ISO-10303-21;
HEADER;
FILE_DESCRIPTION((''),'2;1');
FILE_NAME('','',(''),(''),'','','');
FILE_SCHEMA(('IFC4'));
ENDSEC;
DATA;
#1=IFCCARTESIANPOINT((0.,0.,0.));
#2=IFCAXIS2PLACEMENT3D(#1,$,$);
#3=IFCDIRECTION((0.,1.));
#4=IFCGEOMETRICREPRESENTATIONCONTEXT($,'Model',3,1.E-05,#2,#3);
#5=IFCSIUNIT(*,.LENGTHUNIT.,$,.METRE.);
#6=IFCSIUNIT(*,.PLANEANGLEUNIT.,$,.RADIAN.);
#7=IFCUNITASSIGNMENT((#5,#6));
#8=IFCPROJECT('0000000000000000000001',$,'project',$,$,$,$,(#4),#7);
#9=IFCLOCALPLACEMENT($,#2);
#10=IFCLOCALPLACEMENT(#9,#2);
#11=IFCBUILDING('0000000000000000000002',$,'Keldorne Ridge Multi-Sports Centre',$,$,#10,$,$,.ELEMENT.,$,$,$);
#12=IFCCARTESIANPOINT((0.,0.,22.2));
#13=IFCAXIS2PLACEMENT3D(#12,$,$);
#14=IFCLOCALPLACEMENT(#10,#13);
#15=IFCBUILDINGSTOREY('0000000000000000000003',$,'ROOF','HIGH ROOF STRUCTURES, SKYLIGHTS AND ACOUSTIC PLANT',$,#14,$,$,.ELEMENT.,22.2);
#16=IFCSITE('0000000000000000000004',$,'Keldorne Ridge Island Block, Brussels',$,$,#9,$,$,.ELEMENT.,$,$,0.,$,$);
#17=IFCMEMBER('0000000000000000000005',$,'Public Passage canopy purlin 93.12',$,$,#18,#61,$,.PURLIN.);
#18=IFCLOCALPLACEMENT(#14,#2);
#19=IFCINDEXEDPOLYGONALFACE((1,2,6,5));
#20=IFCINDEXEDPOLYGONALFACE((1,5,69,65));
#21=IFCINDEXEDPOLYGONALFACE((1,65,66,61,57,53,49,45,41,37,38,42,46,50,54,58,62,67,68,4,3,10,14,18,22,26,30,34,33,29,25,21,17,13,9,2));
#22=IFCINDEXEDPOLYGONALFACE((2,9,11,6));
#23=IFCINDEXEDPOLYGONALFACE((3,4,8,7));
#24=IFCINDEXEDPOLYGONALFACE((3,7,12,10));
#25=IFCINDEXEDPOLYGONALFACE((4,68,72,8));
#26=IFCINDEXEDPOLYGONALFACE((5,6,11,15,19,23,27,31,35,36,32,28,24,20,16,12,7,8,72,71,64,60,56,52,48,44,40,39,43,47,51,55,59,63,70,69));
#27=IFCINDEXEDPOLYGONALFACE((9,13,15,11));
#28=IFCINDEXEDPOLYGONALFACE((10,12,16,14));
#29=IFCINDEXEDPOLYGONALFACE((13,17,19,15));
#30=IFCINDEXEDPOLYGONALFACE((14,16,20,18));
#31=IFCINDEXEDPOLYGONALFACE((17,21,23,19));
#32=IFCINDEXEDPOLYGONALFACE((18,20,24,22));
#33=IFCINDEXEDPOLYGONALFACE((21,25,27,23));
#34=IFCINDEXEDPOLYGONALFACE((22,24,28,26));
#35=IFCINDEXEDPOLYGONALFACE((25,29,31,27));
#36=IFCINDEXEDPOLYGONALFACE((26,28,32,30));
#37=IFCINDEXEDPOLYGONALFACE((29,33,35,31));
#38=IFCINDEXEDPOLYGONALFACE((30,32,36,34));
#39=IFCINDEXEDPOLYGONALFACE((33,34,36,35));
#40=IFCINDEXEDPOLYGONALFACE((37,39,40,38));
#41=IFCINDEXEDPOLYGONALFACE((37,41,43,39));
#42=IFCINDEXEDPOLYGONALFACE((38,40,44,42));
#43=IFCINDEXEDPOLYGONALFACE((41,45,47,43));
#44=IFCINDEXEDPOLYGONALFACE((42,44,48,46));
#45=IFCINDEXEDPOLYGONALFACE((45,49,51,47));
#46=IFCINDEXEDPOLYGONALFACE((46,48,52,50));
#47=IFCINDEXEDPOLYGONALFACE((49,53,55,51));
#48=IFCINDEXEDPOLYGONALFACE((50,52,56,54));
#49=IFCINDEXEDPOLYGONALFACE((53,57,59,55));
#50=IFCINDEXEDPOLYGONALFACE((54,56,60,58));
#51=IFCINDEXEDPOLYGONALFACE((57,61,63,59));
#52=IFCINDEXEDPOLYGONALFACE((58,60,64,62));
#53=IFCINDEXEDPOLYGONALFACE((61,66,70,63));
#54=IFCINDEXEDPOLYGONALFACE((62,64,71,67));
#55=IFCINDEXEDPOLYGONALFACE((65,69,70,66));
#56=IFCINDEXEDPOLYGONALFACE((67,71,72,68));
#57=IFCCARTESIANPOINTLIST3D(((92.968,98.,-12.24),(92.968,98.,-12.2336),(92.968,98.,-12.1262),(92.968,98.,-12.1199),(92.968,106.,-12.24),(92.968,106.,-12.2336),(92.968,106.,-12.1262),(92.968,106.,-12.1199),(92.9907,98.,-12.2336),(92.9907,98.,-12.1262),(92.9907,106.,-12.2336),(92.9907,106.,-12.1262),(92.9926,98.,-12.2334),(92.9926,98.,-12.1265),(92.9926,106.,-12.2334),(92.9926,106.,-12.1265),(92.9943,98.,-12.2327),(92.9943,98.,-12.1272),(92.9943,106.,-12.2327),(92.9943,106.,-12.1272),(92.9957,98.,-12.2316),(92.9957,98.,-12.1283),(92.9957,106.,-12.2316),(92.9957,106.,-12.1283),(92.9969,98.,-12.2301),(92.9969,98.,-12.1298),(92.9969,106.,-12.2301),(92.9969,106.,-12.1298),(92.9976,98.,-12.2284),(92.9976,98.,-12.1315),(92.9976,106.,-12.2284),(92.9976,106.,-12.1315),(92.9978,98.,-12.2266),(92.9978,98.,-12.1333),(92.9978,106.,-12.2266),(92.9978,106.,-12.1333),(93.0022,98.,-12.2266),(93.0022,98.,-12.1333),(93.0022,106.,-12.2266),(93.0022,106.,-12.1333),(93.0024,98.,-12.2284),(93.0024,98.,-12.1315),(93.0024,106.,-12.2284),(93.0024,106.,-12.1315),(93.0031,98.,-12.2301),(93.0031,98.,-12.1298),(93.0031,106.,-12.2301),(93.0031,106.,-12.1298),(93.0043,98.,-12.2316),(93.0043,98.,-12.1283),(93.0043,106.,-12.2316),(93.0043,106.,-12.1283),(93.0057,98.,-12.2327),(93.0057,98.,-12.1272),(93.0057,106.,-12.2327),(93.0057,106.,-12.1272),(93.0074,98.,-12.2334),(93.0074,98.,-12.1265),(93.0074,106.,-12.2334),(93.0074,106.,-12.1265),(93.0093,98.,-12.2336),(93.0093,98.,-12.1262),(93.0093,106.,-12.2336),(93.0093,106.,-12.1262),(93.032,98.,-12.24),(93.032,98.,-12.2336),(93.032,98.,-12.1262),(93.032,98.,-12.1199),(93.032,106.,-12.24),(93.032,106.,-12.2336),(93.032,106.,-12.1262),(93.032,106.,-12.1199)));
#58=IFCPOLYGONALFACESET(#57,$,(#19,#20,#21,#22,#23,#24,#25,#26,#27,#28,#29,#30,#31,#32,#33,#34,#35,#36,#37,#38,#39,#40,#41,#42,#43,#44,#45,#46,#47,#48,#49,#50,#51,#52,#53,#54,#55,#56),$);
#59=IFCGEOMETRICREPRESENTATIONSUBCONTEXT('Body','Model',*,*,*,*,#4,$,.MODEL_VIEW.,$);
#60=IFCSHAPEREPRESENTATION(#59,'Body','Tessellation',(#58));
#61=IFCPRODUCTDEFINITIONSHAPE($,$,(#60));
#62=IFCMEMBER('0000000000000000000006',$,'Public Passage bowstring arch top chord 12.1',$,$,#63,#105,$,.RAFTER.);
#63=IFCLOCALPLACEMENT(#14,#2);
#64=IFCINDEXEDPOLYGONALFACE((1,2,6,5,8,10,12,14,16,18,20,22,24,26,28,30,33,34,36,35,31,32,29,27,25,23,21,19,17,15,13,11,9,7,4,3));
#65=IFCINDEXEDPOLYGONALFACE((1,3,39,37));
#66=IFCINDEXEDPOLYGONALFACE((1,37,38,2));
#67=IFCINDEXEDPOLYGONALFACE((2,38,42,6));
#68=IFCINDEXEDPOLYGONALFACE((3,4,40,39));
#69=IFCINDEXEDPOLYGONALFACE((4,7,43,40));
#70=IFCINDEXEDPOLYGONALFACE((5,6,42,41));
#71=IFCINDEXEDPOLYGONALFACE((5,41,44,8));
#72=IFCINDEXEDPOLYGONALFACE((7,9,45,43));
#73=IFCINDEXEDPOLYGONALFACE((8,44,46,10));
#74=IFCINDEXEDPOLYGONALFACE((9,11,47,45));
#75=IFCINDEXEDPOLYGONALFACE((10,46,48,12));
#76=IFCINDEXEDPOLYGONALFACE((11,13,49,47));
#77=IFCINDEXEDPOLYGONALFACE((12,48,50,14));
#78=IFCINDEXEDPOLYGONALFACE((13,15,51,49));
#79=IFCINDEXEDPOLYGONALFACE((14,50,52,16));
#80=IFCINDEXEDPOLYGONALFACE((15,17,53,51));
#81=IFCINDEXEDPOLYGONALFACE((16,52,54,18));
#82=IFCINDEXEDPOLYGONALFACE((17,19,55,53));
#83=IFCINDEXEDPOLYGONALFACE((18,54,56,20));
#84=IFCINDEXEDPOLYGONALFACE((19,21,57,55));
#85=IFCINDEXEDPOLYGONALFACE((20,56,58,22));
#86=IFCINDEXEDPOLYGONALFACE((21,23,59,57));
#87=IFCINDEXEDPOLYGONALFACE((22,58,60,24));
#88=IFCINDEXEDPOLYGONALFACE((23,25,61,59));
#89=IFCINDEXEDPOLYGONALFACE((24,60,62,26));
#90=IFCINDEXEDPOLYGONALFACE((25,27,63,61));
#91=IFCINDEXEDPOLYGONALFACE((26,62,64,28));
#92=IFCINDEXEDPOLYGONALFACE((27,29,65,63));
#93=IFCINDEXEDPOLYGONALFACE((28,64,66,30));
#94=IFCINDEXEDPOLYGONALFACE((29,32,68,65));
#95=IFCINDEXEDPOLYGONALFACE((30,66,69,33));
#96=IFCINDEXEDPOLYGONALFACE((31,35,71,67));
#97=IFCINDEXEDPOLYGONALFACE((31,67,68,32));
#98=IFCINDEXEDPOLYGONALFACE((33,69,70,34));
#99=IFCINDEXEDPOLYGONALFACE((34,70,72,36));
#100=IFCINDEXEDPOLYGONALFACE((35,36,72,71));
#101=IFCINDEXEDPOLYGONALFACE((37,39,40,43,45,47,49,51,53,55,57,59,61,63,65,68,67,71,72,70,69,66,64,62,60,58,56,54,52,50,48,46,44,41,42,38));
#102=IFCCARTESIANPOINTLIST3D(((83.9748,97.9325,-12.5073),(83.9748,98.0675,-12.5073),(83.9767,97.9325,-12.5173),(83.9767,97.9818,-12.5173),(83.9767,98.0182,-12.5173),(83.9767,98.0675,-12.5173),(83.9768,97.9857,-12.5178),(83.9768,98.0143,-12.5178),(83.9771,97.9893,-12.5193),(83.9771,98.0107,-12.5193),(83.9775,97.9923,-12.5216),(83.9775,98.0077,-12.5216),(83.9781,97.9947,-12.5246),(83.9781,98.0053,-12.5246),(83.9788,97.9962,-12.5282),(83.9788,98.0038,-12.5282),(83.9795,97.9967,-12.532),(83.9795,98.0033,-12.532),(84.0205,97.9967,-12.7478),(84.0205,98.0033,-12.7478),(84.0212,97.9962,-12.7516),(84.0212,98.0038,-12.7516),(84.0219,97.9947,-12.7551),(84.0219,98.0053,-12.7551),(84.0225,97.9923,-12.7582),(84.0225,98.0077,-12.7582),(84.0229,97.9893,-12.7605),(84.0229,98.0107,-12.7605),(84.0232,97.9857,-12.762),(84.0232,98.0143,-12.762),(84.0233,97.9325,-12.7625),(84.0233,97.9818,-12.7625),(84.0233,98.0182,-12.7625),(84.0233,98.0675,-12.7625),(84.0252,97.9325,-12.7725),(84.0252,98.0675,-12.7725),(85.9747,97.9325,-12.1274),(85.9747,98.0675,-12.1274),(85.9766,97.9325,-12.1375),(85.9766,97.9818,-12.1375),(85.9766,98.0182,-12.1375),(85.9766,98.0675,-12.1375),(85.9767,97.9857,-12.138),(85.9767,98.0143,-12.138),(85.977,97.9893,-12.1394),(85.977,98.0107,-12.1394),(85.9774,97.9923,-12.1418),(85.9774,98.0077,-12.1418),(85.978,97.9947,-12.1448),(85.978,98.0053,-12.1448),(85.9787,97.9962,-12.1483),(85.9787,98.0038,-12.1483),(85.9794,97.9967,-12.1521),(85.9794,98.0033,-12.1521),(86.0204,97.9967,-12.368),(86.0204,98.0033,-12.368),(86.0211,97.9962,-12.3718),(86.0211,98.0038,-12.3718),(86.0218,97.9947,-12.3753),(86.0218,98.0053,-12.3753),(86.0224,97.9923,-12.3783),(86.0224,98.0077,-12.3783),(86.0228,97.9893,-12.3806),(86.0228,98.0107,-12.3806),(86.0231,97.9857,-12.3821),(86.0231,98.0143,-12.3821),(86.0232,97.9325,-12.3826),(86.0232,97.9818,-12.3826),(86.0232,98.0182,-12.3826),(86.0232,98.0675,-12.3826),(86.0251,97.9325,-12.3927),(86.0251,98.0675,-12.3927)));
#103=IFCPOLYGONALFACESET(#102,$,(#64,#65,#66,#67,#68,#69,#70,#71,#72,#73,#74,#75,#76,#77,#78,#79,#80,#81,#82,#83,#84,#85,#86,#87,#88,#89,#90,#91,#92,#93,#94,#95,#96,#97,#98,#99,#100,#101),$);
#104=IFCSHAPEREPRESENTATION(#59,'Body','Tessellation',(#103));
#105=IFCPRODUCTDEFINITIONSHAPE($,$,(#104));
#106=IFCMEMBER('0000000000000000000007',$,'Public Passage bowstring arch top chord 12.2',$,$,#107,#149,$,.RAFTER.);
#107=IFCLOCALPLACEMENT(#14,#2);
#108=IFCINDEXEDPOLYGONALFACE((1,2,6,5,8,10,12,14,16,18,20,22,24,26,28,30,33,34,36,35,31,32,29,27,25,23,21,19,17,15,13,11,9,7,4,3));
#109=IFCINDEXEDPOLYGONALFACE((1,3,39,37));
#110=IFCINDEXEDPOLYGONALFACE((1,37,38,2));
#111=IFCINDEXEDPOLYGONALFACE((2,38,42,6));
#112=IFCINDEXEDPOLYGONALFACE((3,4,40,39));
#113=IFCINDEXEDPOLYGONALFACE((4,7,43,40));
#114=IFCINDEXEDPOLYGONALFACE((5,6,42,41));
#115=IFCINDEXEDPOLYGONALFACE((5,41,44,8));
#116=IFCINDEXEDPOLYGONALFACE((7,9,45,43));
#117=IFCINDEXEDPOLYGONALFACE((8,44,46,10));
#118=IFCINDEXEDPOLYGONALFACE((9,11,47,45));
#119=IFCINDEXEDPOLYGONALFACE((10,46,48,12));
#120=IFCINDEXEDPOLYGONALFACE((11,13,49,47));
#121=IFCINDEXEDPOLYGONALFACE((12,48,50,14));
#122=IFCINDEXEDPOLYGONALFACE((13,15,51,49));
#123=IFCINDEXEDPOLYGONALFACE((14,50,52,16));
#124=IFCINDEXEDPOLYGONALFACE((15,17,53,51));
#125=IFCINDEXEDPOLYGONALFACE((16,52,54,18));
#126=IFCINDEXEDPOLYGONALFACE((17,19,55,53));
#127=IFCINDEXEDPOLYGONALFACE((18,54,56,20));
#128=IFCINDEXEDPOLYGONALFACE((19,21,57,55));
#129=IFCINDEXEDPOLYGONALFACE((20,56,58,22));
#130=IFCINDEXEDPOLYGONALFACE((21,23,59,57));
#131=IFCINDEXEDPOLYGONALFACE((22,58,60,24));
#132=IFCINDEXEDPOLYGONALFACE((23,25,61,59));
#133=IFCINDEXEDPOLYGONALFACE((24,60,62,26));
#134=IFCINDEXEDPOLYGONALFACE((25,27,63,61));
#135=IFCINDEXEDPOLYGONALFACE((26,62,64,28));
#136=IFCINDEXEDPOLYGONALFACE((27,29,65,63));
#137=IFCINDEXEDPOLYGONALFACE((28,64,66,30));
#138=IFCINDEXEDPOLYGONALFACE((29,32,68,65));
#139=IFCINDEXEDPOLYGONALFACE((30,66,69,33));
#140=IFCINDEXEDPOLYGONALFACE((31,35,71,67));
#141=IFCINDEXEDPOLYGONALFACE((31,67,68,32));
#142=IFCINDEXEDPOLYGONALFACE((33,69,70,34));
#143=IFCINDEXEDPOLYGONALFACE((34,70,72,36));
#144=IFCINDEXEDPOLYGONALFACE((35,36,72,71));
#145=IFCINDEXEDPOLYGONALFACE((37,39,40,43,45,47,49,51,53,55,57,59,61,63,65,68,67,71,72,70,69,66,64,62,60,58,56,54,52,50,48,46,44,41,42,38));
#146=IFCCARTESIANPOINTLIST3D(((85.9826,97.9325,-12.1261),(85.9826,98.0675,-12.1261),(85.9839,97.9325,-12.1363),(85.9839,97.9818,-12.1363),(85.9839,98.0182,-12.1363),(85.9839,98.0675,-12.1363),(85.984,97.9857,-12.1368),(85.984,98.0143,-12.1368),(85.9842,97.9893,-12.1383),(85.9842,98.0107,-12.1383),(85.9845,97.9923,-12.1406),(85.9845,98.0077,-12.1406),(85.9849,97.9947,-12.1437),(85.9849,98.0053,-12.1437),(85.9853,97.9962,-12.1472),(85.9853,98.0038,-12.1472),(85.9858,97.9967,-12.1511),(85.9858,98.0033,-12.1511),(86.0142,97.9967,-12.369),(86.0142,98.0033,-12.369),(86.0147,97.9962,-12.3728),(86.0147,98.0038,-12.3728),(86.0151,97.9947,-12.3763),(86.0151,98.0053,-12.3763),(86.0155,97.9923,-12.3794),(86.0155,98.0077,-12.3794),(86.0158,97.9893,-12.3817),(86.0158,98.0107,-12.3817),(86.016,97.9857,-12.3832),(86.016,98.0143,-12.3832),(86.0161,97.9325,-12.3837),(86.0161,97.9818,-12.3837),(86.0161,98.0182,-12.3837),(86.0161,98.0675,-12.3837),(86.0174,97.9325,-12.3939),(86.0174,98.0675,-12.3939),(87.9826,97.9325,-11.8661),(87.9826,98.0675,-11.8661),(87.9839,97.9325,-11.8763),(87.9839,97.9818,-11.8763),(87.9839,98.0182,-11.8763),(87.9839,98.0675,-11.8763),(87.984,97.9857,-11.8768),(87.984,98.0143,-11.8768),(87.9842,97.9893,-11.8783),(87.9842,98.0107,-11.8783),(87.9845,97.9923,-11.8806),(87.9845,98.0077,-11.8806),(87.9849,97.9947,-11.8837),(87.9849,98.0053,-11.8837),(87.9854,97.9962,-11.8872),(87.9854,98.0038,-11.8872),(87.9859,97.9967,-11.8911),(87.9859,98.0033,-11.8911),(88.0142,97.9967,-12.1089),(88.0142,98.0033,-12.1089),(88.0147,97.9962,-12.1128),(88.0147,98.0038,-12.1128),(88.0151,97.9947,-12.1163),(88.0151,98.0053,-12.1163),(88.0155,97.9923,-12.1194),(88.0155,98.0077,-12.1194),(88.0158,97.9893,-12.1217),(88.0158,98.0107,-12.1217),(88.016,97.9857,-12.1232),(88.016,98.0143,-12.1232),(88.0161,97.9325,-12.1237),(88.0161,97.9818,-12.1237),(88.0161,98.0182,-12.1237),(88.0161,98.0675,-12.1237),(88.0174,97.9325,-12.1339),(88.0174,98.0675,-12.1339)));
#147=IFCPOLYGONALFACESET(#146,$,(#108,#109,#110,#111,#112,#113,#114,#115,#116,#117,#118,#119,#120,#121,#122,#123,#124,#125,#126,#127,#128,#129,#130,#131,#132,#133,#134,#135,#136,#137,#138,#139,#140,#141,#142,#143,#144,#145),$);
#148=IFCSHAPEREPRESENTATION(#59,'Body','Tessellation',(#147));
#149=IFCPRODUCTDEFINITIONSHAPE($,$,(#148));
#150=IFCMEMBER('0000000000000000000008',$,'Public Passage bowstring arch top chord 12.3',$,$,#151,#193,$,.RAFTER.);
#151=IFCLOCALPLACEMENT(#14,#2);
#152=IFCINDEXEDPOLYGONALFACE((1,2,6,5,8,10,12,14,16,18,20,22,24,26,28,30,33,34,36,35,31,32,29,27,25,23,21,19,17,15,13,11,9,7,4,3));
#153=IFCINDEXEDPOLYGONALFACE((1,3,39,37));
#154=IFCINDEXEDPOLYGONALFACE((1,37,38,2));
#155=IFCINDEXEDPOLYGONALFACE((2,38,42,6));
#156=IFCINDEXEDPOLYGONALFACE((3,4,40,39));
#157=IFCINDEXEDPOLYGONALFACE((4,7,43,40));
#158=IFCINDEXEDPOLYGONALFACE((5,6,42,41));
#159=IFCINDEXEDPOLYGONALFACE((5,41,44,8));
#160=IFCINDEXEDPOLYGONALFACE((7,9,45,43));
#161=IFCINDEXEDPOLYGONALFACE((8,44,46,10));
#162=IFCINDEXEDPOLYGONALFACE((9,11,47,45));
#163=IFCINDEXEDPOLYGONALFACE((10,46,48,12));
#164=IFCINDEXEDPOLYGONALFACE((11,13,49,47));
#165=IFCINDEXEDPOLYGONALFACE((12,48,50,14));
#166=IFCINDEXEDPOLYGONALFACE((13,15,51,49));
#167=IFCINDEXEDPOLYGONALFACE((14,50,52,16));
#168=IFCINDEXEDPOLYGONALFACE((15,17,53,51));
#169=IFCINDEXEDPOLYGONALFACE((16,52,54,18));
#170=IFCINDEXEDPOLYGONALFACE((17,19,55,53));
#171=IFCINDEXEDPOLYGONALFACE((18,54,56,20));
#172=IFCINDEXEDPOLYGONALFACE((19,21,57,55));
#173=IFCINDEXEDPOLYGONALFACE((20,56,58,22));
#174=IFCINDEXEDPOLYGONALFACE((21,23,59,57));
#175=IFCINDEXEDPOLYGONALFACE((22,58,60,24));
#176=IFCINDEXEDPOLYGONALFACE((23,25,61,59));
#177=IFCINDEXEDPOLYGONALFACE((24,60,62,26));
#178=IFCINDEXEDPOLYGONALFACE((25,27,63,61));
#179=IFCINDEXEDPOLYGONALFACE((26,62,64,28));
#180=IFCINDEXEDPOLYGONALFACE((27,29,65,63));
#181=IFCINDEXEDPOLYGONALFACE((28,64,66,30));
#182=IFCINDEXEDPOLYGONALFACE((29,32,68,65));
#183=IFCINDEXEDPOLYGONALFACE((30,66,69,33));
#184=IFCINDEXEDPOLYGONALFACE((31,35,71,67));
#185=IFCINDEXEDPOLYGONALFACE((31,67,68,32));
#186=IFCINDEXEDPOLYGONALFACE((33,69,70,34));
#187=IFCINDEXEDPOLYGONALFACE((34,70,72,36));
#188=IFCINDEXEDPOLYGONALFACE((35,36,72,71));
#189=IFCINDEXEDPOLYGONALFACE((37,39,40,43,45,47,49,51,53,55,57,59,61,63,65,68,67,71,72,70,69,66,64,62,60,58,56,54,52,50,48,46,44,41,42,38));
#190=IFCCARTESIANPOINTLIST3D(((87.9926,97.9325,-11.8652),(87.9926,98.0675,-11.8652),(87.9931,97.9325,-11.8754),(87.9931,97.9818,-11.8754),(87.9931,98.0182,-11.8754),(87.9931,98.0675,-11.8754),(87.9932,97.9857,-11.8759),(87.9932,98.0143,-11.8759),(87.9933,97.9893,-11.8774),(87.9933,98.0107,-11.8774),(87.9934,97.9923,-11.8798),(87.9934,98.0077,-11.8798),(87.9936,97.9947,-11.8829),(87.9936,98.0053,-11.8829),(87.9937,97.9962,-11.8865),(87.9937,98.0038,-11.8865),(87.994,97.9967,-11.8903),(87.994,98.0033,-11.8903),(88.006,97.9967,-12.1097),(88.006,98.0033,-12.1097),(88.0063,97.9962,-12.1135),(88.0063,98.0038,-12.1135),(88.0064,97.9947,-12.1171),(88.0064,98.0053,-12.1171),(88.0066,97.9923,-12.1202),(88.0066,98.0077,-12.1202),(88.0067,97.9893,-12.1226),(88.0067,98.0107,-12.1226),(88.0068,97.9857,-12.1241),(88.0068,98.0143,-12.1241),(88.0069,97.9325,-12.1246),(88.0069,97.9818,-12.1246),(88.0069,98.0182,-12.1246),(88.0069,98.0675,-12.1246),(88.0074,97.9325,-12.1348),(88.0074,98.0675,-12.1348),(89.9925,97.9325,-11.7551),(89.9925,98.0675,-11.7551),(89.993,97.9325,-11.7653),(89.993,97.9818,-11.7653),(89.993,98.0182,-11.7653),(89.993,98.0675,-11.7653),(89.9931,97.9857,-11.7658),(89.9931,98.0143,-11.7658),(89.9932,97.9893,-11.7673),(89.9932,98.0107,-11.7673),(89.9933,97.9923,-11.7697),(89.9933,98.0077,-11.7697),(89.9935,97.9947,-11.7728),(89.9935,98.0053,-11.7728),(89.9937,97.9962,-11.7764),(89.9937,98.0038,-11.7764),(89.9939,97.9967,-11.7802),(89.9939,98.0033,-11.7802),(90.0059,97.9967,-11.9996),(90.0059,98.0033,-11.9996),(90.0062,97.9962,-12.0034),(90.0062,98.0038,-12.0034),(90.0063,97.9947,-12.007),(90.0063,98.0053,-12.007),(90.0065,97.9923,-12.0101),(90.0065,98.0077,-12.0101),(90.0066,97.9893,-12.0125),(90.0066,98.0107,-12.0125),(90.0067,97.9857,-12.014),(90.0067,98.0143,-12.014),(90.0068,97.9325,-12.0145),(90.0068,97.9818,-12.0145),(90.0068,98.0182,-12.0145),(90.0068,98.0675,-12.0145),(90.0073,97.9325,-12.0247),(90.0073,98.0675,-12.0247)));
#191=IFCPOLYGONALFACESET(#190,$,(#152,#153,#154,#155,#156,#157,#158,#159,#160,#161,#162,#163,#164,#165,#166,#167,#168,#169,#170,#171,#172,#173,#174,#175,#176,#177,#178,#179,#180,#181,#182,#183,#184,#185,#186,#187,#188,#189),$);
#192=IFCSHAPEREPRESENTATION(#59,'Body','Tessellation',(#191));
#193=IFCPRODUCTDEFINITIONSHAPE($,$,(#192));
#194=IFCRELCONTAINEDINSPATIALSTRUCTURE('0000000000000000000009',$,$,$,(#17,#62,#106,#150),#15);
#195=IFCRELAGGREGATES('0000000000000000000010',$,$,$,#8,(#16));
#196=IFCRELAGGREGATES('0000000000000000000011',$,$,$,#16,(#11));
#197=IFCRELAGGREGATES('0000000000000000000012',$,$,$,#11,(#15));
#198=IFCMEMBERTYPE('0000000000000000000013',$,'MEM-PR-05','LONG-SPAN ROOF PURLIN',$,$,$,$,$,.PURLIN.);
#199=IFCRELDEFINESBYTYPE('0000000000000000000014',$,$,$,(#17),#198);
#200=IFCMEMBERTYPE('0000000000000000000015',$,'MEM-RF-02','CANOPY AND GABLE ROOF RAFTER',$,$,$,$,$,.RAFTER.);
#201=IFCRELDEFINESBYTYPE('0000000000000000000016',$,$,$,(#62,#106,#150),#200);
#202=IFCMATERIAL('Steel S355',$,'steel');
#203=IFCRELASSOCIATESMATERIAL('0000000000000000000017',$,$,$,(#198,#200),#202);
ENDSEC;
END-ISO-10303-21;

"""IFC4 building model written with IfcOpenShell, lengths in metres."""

from ifc_helpers import new_model, si_unit, direction, frame, origin, origin_2d, place, context, subcontext, project, spatial, i_section, extrude, material, material_profile, profile_set, type_object, element, save


model = new_model("IFC4")

# Units and contexts
model_context = context("Model", 3, precision=1e-05, world=origin(), true_north=direction((0.0, 1.0)))
body_context = subcontext(model_context, "Body", "Model", "MODEL_VIEW")
ifc_project = project(units=[si_unit("LENGTHUNIT", "METRE"), si_unit("PLANEANGLEUNIT", "RADIAN")], contexts=[model_context])

# Site, building, storey
site_placement = place(None, origin())
site = spatial("IfcSite", under=ifc_project, at=site_placement, Name="Keldorne Ridge Island Block, Brussels", CompositionType="ELEMENT", RefElevation=0.0)
building_placement = place(site_placement, origin())
building = spatial("IfcBuilding", under=site, at=building_placement, Name="Keldorne Ridge Multi-Sports Centre", CompositionType="ELEMENT")
storey_placement = place(building_placement, frame((0.0, 0.0, 22.2)))
storey = spatial("IfcBuildingStorey", under=building, at=storey_placement, Name="ROOF", Description="HIGH ROOF STRUCTURES, SKYLIGHTS AND ACOUSTIC PLANT", CompositionType="ELEMENT", Elevation=22.2)

# Members
ifc_material = material(Name="Steel S355", Category="steel")
ifc_material_profile_1 = material_profile(ifc_material, i_section(OverallWidth=0.064, OverallDepth=0.1201, WebThickness=0.0044, FlangeThickness=0.0063, FilletRadius=0.0071, at=origin_2d()), Name="IPE 120")
ifc_profile_set_1 = profile_set([ifc_material_profile_1], Name="Steel S355")
member_type_1 = type_object("IfcMemberType", Name="MEM-PR-05", Description="LONG-SPAN ROOF PURLIN", PredefinedType="PURLIN", material=ifc_profile_set_1)
for number, where, z_axis, x_axis, name in (
    (1, (93.0, 98.0, -12.1799), (0.0, 1.0, 0.0), (-1.0, 0.0, 0.0), "Public Passage canopy purlin 93.12"),
):
    element("IfcMember", number, at=place(storey_placement, frame(where, z_axis=z_axis, x_axis=x_axis)), inside=storey, type_object=member_type_1, Name=name, PredefinedType="PURLIN", context=body_context, shape_type="SweptSolid", body=[
        extrude(i_section(OverallWidth=0.064, OverallDepth=0.1201, WebThickness=0.0044, FlangeThickness=0.0063, FilletRadius=0.0071, at=origin_2d()), origin(), (0.0, 0.0, 1.0), 8.0),
    ])
ifc_material_profile_2 = material_profile(ifc_material, i_section(OverallWidth=0.135, OverallDepth=0.27, WebThickness=0.0066, FlangeThickness=0.0103, FilletRadius=0.0149, at=origin_2d()), Name="IPE 270")
ifc_profile_set_2 = profile_set([ifc_material_profile_2], Name="Steel S355")
member_type_2 = type_object("IfcMemberType", Name="MEM-RF-02", Description="CANOPY AND GABLE ROOF RAFTER", PredefinedType="RAFTER", material=ifc_profile_set_2)
member_1_placement = place(storey_placement, frame((84.0, 98.0, -12.6399), z_axis=(0.982435, 0.0, 0.186605), x_axis=(0.0, 1.0, 0.0)))
element("IfcMember", 2, at=member_1_placement, inside=storey, type_object=member_type_2, Name="Public Passage bowstring arch top chord 12.1", PredefinedType="RAFTER", context=body_context, shape_type="SweptSolid", body=[
    extrude(i_section(OverallWidth=0.135, OverallDepth=0.27, WebThickness=0.0066, FlangeThickness=0.0103, FilletRadius=0.0149, at=origin_2d()), origin(), (0.0, 0.0, 1.0), 2.0356),
])
member_2_placement = place(storey_placement, frame((86.0, 98.0, -12.26), z_axis=(0.991655, 0.0, 0.12892), x_axis=(0.0, 1.0, 0.0)))
element("IfcMember", 3, at=member_2_placement, inside=storey, type_object=member_type_2, Name="Public Passage bowstring arch top chord 12.2", PredefinedType="RAFTER", context=body_context, shape_type="SweptSolid", body=[
    extrude(i_section(OverallWidth=0.135, OverallDepth=0.27, WebThickness=0.0066, FlangeThickness=0.0103, FilletRadius=0.0149, at=origin_2d()), origin(), (0.0, 0.0, 1.0), 2.0168),
])
for number, where, z_axis, x_axis, name in (
    (4, (88.0, 98.0, -12.0), (0.998488, 0.0, 0.05497), (0.0, 1.0, 0.0), "Public Passage bowstring arch top chord 12.3"),
):
    element("IfcMember", number, at=place(storey_placement, frame(where, z_axis=z_axis, x_axis=x_axis)), inside=storey, type_object=member_type_2, Name=name, PredefinedType="RAFTER", context=body_context, shape_type="SweptSolid", body=[
        extrude(i_section(OverallWidth=0.135, OverallDepth=0.27, WebThickness=0.0066, FlangeThickness=0.0103, FilletRadius=0.0149, at=origin_2d()), origin(), (0.0, 0.0, 1.0), 2.0029),
    ])

save(model, "model.ifc")
